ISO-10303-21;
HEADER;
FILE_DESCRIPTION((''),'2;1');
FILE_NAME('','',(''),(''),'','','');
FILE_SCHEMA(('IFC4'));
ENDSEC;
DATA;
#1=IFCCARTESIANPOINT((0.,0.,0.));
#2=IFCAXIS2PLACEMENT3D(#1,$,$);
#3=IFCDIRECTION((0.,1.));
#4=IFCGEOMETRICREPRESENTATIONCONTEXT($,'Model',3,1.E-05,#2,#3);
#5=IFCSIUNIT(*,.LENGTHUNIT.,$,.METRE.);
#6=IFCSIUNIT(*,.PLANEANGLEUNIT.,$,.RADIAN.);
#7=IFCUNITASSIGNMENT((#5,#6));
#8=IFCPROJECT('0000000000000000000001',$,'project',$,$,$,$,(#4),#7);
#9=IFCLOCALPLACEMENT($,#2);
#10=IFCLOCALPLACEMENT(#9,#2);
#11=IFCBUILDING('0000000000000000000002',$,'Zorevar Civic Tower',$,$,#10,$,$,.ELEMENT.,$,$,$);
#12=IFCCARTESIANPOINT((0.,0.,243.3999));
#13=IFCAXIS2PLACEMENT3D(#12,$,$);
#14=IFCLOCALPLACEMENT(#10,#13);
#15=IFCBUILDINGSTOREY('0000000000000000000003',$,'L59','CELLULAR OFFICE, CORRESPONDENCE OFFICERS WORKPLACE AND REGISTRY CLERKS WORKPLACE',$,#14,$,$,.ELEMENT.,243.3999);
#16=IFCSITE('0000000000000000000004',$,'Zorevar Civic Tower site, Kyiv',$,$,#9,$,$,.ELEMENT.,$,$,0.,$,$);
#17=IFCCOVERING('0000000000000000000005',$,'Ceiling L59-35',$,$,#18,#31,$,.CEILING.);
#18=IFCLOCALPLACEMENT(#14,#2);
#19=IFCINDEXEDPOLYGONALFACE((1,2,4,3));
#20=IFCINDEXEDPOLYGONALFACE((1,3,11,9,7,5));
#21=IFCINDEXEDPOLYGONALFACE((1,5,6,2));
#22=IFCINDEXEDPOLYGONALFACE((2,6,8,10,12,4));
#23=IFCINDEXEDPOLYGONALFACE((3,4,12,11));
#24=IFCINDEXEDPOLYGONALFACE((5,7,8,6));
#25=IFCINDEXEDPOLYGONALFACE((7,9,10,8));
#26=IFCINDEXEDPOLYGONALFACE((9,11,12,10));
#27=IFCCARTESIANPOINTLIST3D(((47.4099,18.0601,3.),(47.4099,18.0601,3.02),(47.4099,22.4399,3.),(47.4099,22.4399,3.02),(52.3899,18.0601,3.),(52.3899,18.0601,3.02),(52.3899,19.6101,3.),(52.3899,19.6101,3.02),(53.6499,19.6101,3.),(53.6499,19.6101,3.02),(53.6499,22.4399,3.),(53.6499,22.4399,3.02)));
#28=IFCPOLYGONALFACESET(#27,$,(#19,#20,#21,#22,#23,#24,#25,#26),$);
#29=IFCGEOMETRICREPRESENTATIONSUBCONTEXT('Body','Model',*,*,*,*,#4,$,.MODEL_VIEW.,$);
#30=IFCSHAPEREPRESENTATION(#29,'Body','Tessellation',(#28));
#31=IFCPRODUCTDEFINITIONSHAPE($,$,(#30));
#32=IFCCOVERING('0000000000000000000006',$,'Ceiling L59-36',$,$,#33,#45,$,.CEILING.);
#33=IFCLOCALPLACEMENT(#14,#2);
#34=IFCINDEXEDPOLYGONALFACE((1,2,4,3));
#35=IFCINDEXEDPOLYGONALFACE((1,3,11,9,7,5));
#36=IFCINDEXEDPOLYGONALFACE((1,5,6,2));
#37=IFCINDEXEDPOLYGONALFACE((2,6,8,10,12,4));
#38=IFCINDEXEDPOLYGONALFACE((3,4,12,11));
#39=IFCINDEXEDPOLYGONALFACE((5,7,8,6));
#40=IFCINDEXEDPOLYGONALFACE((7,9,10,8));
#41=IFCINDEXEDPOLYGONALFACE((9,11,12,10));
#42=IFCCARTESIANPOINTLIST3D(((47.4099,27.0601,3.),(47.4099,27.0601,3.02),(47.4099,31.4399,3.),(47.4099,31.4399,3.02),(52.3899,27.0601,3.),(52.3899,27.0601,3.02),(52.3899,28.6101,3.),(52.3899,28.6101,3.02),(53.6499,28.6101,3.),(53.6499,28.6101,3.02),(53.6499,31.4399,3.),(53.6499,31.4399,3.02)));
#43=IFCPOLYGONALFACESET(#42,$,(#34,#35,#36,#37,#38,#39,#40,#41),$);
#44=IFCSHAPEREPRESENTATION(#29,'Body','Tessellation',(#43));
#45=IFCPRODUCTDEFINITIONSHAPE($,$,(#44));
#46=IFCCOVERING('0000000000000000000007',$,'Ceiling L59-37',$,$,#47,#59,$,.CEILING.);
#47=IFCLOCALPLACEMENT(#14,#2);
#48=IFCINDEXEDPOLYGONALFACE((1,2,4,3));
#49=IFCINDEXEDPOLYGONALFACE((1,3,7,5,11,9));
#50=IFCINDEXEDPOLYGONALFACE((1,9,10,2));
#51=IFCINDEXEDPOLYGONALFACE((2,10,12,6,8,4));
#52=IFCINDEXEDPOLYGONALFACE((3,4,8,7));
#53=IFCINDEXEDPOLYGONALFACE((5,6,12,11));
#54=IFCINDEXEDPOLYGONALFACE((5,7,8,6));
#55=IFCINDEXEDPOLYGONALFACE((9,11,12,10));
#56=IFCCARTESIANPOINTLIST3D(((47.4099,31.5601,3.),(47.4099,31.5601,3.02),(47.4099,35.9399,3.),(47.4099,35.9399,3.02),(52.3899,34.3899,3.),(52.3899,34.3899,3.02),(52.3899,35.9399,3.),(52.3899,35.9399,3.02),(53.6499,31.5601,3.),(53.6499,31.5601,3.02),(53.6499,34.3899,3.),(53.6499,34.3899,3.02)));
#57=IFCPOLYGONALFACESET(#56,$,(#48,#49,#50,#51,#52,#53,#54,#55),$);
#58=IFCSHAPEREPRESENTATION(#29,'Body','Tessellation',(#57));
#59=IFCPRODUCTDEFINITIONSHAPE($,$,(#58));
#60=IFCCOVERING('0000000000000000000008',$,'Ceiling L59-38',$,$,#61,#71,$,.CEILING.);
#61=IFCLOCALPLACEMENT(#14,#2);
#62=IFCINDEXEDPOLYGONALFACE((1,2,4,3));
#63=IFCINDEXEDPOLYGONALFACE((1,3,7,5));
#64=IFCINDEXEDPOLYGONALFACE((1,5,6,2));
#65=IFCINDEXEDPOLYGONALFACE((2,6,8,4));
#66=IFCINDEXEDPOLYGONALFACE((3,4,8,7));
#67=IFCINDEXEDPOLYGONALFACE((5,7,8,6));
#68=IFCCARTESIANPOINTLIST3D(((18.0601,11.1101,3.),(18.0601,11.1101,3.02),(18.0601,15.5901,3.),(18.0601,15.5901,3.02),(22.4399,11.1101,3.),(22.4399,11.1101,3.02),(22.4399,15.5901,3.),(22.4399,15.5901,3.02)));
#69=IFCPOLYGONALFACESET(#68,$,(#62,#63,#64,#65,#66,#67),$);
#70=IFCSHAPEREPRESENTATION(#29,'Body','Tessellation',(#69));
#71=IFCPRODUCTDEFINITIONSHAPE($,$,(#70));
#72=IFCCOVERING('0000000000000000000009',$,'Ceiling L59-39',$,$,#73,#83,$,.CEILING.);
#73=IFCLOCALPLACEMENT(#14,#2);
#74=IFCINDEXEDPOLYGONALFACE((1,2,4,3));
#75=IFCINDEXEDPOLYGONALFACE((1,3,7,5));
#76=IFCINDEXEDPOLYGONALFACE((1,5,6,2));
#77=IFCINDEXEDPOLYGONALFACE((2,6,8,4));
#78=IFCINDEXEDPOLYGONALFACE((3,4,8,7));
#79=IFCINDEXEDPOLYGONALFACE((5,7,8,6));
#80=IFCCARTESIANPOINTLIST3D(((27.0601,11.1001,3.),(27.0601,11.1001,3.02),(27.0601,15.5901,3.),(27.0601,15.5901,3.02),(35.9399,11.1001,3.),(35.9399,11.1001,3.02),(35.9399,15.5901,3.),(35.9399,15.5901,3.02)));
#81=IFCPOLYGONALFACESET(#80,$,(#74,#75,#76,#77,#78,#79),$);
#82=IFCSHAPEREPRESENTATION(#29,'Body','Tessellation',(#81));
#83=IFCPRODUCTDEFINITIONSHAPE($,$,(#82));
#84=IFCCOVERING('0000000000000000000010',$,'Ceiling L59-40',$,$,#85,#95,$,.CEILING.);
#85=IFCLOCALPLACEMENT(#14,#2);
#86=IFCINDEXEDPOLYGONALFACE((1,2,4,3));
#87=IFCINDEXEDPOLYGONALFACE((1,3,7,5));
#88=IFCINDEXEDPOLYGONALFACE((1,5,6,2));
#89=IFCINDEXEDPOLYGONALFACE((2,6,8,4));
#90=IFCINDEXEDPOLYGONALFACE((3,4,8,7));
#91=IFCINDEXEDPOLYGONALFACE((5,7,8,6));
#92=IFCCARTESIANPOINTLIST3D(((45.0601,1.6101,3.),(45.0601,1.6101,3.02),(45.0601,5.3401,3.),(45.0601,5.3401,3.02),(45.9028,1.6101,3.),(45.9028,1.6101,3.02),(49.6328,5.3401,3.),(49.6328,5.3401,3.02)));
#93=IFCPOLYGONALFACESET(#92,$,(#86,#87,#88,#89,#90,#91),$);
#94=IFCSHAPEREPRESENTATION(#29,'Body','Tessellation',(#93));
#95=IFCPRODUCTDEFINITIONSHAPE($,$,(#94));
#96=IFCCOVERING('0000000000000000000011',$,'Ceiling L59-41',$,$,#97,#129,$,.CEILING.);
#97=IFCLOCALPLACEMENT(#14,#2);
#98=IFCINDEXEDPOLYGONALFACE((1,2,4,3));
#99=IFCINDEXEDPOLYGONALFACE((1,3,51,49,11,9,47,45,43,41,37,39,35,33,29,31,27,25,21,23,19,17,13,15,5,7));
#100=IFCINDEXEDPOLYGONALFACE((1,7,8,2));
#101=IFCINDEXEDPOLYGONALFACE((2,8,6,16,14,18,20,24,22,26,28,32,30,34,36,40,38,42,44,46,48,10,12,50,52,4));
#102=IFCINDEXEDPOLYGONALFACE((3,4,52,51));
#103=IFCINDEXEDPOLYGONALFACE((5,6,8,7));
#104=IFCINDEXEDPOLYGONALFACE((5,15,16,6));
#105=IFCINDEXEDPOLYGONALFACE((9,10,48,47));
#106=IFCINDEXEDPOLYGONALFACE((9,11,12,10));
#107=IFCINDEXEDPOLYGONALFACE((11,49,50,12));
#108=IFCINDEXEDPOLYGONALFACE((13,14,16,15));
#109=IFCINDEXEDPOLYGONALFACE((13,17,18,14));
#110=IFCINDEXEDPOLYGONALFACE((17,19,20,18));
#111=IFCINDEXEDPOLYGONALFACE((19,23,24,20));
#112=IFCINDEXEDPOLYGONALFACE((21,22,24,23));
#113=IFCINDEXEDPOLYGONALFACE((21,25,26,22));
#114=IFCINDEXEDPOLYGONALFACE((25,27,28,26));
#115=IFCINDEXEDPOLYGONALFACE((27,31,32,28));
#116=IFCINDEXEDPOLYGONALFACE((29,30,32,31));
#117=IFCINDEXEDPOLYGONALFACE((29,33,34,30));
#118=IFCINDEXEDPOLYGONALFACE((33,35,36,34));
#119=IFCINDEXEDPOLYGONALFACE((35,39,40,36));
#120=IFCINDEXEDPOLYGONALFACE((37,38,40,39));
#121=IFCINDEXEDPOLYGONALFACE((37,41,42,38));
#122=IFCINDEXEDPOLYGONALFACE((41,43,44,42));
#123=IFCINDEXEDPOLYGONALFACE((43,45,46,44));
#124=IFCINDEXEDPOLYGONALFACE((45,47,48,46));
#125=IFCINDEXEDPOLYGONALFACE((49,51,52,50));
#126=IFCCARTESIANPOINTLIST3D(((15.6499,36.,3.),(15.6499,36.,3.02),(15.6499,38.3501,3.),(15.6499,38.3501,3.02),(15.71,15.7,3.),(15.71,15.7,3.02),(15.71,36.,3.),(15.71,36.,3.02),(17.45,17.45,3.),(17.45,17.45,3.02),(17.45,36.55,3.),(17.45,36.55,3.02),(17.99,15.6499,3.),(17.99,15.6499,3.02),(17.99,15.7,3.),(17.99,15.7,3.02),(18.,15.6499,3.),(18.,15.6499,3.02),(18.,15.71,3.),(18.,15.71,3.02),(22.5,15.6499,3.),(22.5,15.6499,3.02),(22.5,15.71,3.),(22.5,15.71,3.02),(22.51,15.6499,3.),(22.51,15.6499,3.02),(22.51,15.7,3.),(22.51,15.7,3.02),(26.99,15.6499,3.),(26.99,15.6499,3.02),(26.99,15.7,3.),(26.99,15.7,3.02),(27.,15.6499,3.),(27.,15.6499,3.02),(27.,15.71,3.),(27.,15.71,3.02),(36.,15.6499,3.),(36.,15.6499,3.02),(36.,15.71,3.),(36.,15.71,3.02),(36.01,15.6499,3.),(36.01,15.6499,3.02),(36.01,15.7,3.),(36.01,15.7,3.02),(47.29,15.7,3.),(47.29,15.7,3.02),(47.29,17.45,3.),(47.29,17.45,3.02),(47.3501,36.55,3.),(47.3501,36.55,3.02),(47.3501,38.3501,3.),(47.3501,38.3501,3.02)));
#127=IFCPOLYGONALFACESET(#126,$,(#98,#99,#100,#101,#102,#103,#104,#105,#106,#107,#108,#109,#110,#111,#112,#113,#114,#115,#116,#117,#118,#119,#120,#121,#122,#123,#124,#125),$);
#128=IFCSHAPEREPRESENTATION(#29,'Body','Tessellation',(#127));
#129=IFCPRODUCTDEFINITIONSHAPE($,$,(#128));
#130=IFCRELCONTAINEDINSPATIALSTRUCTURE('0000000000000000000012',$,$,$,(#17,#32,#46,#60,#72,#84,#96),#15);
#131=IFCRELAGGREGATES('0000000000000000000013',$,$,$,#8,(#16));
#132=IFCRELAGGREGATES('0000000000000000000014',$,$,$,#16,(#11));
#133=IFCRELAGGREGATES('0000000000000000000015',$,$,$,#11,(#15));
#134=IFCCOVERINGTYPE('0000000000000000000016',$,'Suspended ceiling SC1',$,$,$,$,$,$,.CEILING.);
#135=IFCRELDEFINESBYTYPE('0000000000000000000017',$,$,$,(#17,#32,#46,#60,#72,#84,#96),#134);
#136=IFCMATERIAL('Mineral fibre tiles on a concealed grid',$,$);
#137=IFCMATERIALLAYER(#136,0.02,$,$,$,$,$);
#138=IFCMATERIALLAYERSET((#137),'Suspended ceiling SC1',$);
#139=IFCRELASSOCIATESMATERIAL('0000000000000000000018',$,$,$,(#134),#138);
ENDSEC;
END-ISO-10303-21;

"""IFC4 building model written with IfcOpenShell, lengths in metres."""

from ifc_helpers import new_model, si_unit, direction, frame, origin, place, context, subcontext, project, spatial, polyline, outline, extrude, material, layer, layer_set, type_object, element, save


model = new_model("IFC4")

# Units and contexts
model_context = context("Model", 3, precision=1e-05, world=origin(), true_north=direction((0.0, 1.0)))
body_context = subcontext(model_context, "Body", "Model", "MODEL_VIEW")
ifc_project = project(units=[si_unit("LENGTHUNIT", "METRE"), si_unit("PLANEANGLEUNIT", "RADIAN")], contexts=[model_context])

# Site, building, storey
site_placement = place(None, origin())
site = spatial("IfcSite", under=ifc_project, at=site_placement, Name="Zorevar Civic Tower site, Kyiv", CompositionType="ELEMENT", RefElevation=0.0)
building_placement = place(site_placement, origin())
building = spatial("IfcBuilding", under=site, at=building_placement, Name="Zorevar Civic Tower", CompositionType="ELEMENT")
storey_placement = place(building_placement, frame((0.0, 0.0, 243.3999)))
storey = spatial("IfcBuildingStorey", under=building, at=storey_placement, Name="L59", Description="CELLULAR OFFICE, CORRESPONDENCE OFFICERS WORKPLACE AND REGISTRY CLERKS WORKPLACE", CompositionType="ELEMENT", Elevation=243.3999)

# Coverings
ifc_material_1 = material(Name="Mineral fibre tiles on a concealed grid")
ifc_layer_1 = layer(ifc_material_1, 0.02)
ifc_layer_set_1 = layer_set([ifc_layer_1], Name="Suspended ceiling SC1")
covering_type_1 = type_object("IfcCoveringType", Name="Suspended ceiling SC1", PredefinedType="CEILING", material=ifc_layer_set_1)
covering_1_placement = place(storey_placement, frame((0.0, 0.0, 3.0)))
element("IfcCovering", 1, at=covering_1_placement, inside=storey, type_object=covering_type_1, Name="Ceiling L59-35", PredefinedType="CEILING", context=body_context, shape_type="SweptSolid", body=[
    extrude(outline(polyline([(47.4099, 22.4399), (53.6499, 22.4399), (53.6499, 19.6101), (52.3899, 19.6101), (52.3899, 18.0601), (47.4099, 18.0601), (47.4099, 22.4399)])), origin(), (0.0, 0.0, 1.0), 0.02),
])
covering_2_placement = place(storey_placement, frame((0.0, 0.0, 3.0)))
element("IfcCovering", 2, at=covering_2_placement, inside=storey, type_object=covering_type_1, Name="Ceiling L59-36", PredefinedType="CEILING", context=body_context, shape_type="SweptSolid", body=[
    extrude(outline(polyline([(47.4099, 31.4399), (53.6499, 31.4399), (53.6499, 28.6101), (52.3899, 28.6101), (52.3899, 27.0601), (47.4099, 27.0601), (47.4099, 31.4399)])), origin(), (0.0, 0.0, 1.0), 0.02),
])
covering_3_placement = place(storey_placement, frame((0.0, 0.0, 3.0)))
element("IfcCovering", 3, at=covering_3_placement, inside=storey, type_object=covering_type_1, Name="Ceiling L59-37", PredefinedType="CEILING", context=body_context, shape_type="SweptSolid", body=[
    extrude(outline(polyline([(47.4099, 35.9399), (52.3899, 35.9399), (52.3899, 34.3899), (53.6499, 34.3899), (53.6499, 31.5601), (47.4099, 31.5601), (47.4099, 35.9399)])), origin(), (0.0, 0.0, 1.0), 0.02),
])
covering_4_placement = place(storey_placement, frame((0.0, 0.0, 3.0)))
element("IfcCovering", 4, at=covering_4_placement, inside=storey, type_object=covering_type_1, Name="Ceiling L59-38", PredefinedType="CEILING", context=body_context, shape_type="SweptSolid", body=[
    extrude(outline(polyline([(22.4399, 15.5901), (22.4399, 11.1101), (18.0601, 11.1101), (18.0601, 15.5901), (22.4399, 15.5901)])), origin(), (0.0, 0.0, 1.0), 0.02),
])
covering_5_placement = place(storey_placement, frame((0.0, 0.0, 3.0)))
element("IfcCovering", 5, at=covering_5_placement, inside=storey, type_object=covering_type_1, Name="Ceiling L59-39", PredefinedType="CEILING", context=body_context, shape_type="SweptSolid", body=[
    extrude(outline(polyline([(35.9399, 11.1001), (27.0601, 11.1001), (27.0601, 15.5901), (35.9399, 15.5901), (35.9399, 11.1001)])), origin(), (0.0, 0.0, 1.0), 0.02),
])
covering_6_placement = place(storey_placement, frame((0.0, 0.0, 3.0)))
element("IfcCovering", 6, at=covering_6_placement, inside=storey, type_object=covering_type_1, Name="Ceiling L59-40", PredefinedType="CEILING", context=body_context, shape_type="SweptSolid", body=[
    extrude(outline(polyline([(45.0601, 1.6101), (45.0601, 5.3401), (49.6328, 5.3401), (45.9028, 1.6101), (45.0601, 1.6101)])), origin(), (0.0, 0.0, 1.0), 0.02),
])
covering_7_placement = place(storey_placement, frame((0.0, 0.0, 3.0)))
element("IfcCovering", 7, at=covering_7_placement, inside=storey, type_object=covering_type_1, Name="Ceiling L59-41", PredefinedType="CEILING", context=body_context, shape_type="SweptSolid", body=[
    extrude(outline(polyline([(47.3501, 36.55), (17.45, 36.55), (17.45, 17.45), (47.29, 17.45), (47.29, 15.7), (36.01, 15.7), (36.01, 15.6499), (36.0, 15.6499), (36.0, 15.71), (27.0, 15.71), (27.0, 15.6499), (26.99, 15.6499), (26.99, 15.7), (22.51, 15.7), (22.51, 15.6499), (22.5, 15.6499), (22.5, 15.71), (18.0, 15.71), (18.0, 15.6499), (17.99, 15.6499), (17.99, 15.7), (15.71, 15.7), (15.71, 36.0), (15.6499, 36.0), (15.6499, 38.3501), (47.3501, 38.3501), (47.3501, 36.55)])), origin(), (0.0, 0.0, 1.0), 0.02),
])

save(model, "model.ifc")
